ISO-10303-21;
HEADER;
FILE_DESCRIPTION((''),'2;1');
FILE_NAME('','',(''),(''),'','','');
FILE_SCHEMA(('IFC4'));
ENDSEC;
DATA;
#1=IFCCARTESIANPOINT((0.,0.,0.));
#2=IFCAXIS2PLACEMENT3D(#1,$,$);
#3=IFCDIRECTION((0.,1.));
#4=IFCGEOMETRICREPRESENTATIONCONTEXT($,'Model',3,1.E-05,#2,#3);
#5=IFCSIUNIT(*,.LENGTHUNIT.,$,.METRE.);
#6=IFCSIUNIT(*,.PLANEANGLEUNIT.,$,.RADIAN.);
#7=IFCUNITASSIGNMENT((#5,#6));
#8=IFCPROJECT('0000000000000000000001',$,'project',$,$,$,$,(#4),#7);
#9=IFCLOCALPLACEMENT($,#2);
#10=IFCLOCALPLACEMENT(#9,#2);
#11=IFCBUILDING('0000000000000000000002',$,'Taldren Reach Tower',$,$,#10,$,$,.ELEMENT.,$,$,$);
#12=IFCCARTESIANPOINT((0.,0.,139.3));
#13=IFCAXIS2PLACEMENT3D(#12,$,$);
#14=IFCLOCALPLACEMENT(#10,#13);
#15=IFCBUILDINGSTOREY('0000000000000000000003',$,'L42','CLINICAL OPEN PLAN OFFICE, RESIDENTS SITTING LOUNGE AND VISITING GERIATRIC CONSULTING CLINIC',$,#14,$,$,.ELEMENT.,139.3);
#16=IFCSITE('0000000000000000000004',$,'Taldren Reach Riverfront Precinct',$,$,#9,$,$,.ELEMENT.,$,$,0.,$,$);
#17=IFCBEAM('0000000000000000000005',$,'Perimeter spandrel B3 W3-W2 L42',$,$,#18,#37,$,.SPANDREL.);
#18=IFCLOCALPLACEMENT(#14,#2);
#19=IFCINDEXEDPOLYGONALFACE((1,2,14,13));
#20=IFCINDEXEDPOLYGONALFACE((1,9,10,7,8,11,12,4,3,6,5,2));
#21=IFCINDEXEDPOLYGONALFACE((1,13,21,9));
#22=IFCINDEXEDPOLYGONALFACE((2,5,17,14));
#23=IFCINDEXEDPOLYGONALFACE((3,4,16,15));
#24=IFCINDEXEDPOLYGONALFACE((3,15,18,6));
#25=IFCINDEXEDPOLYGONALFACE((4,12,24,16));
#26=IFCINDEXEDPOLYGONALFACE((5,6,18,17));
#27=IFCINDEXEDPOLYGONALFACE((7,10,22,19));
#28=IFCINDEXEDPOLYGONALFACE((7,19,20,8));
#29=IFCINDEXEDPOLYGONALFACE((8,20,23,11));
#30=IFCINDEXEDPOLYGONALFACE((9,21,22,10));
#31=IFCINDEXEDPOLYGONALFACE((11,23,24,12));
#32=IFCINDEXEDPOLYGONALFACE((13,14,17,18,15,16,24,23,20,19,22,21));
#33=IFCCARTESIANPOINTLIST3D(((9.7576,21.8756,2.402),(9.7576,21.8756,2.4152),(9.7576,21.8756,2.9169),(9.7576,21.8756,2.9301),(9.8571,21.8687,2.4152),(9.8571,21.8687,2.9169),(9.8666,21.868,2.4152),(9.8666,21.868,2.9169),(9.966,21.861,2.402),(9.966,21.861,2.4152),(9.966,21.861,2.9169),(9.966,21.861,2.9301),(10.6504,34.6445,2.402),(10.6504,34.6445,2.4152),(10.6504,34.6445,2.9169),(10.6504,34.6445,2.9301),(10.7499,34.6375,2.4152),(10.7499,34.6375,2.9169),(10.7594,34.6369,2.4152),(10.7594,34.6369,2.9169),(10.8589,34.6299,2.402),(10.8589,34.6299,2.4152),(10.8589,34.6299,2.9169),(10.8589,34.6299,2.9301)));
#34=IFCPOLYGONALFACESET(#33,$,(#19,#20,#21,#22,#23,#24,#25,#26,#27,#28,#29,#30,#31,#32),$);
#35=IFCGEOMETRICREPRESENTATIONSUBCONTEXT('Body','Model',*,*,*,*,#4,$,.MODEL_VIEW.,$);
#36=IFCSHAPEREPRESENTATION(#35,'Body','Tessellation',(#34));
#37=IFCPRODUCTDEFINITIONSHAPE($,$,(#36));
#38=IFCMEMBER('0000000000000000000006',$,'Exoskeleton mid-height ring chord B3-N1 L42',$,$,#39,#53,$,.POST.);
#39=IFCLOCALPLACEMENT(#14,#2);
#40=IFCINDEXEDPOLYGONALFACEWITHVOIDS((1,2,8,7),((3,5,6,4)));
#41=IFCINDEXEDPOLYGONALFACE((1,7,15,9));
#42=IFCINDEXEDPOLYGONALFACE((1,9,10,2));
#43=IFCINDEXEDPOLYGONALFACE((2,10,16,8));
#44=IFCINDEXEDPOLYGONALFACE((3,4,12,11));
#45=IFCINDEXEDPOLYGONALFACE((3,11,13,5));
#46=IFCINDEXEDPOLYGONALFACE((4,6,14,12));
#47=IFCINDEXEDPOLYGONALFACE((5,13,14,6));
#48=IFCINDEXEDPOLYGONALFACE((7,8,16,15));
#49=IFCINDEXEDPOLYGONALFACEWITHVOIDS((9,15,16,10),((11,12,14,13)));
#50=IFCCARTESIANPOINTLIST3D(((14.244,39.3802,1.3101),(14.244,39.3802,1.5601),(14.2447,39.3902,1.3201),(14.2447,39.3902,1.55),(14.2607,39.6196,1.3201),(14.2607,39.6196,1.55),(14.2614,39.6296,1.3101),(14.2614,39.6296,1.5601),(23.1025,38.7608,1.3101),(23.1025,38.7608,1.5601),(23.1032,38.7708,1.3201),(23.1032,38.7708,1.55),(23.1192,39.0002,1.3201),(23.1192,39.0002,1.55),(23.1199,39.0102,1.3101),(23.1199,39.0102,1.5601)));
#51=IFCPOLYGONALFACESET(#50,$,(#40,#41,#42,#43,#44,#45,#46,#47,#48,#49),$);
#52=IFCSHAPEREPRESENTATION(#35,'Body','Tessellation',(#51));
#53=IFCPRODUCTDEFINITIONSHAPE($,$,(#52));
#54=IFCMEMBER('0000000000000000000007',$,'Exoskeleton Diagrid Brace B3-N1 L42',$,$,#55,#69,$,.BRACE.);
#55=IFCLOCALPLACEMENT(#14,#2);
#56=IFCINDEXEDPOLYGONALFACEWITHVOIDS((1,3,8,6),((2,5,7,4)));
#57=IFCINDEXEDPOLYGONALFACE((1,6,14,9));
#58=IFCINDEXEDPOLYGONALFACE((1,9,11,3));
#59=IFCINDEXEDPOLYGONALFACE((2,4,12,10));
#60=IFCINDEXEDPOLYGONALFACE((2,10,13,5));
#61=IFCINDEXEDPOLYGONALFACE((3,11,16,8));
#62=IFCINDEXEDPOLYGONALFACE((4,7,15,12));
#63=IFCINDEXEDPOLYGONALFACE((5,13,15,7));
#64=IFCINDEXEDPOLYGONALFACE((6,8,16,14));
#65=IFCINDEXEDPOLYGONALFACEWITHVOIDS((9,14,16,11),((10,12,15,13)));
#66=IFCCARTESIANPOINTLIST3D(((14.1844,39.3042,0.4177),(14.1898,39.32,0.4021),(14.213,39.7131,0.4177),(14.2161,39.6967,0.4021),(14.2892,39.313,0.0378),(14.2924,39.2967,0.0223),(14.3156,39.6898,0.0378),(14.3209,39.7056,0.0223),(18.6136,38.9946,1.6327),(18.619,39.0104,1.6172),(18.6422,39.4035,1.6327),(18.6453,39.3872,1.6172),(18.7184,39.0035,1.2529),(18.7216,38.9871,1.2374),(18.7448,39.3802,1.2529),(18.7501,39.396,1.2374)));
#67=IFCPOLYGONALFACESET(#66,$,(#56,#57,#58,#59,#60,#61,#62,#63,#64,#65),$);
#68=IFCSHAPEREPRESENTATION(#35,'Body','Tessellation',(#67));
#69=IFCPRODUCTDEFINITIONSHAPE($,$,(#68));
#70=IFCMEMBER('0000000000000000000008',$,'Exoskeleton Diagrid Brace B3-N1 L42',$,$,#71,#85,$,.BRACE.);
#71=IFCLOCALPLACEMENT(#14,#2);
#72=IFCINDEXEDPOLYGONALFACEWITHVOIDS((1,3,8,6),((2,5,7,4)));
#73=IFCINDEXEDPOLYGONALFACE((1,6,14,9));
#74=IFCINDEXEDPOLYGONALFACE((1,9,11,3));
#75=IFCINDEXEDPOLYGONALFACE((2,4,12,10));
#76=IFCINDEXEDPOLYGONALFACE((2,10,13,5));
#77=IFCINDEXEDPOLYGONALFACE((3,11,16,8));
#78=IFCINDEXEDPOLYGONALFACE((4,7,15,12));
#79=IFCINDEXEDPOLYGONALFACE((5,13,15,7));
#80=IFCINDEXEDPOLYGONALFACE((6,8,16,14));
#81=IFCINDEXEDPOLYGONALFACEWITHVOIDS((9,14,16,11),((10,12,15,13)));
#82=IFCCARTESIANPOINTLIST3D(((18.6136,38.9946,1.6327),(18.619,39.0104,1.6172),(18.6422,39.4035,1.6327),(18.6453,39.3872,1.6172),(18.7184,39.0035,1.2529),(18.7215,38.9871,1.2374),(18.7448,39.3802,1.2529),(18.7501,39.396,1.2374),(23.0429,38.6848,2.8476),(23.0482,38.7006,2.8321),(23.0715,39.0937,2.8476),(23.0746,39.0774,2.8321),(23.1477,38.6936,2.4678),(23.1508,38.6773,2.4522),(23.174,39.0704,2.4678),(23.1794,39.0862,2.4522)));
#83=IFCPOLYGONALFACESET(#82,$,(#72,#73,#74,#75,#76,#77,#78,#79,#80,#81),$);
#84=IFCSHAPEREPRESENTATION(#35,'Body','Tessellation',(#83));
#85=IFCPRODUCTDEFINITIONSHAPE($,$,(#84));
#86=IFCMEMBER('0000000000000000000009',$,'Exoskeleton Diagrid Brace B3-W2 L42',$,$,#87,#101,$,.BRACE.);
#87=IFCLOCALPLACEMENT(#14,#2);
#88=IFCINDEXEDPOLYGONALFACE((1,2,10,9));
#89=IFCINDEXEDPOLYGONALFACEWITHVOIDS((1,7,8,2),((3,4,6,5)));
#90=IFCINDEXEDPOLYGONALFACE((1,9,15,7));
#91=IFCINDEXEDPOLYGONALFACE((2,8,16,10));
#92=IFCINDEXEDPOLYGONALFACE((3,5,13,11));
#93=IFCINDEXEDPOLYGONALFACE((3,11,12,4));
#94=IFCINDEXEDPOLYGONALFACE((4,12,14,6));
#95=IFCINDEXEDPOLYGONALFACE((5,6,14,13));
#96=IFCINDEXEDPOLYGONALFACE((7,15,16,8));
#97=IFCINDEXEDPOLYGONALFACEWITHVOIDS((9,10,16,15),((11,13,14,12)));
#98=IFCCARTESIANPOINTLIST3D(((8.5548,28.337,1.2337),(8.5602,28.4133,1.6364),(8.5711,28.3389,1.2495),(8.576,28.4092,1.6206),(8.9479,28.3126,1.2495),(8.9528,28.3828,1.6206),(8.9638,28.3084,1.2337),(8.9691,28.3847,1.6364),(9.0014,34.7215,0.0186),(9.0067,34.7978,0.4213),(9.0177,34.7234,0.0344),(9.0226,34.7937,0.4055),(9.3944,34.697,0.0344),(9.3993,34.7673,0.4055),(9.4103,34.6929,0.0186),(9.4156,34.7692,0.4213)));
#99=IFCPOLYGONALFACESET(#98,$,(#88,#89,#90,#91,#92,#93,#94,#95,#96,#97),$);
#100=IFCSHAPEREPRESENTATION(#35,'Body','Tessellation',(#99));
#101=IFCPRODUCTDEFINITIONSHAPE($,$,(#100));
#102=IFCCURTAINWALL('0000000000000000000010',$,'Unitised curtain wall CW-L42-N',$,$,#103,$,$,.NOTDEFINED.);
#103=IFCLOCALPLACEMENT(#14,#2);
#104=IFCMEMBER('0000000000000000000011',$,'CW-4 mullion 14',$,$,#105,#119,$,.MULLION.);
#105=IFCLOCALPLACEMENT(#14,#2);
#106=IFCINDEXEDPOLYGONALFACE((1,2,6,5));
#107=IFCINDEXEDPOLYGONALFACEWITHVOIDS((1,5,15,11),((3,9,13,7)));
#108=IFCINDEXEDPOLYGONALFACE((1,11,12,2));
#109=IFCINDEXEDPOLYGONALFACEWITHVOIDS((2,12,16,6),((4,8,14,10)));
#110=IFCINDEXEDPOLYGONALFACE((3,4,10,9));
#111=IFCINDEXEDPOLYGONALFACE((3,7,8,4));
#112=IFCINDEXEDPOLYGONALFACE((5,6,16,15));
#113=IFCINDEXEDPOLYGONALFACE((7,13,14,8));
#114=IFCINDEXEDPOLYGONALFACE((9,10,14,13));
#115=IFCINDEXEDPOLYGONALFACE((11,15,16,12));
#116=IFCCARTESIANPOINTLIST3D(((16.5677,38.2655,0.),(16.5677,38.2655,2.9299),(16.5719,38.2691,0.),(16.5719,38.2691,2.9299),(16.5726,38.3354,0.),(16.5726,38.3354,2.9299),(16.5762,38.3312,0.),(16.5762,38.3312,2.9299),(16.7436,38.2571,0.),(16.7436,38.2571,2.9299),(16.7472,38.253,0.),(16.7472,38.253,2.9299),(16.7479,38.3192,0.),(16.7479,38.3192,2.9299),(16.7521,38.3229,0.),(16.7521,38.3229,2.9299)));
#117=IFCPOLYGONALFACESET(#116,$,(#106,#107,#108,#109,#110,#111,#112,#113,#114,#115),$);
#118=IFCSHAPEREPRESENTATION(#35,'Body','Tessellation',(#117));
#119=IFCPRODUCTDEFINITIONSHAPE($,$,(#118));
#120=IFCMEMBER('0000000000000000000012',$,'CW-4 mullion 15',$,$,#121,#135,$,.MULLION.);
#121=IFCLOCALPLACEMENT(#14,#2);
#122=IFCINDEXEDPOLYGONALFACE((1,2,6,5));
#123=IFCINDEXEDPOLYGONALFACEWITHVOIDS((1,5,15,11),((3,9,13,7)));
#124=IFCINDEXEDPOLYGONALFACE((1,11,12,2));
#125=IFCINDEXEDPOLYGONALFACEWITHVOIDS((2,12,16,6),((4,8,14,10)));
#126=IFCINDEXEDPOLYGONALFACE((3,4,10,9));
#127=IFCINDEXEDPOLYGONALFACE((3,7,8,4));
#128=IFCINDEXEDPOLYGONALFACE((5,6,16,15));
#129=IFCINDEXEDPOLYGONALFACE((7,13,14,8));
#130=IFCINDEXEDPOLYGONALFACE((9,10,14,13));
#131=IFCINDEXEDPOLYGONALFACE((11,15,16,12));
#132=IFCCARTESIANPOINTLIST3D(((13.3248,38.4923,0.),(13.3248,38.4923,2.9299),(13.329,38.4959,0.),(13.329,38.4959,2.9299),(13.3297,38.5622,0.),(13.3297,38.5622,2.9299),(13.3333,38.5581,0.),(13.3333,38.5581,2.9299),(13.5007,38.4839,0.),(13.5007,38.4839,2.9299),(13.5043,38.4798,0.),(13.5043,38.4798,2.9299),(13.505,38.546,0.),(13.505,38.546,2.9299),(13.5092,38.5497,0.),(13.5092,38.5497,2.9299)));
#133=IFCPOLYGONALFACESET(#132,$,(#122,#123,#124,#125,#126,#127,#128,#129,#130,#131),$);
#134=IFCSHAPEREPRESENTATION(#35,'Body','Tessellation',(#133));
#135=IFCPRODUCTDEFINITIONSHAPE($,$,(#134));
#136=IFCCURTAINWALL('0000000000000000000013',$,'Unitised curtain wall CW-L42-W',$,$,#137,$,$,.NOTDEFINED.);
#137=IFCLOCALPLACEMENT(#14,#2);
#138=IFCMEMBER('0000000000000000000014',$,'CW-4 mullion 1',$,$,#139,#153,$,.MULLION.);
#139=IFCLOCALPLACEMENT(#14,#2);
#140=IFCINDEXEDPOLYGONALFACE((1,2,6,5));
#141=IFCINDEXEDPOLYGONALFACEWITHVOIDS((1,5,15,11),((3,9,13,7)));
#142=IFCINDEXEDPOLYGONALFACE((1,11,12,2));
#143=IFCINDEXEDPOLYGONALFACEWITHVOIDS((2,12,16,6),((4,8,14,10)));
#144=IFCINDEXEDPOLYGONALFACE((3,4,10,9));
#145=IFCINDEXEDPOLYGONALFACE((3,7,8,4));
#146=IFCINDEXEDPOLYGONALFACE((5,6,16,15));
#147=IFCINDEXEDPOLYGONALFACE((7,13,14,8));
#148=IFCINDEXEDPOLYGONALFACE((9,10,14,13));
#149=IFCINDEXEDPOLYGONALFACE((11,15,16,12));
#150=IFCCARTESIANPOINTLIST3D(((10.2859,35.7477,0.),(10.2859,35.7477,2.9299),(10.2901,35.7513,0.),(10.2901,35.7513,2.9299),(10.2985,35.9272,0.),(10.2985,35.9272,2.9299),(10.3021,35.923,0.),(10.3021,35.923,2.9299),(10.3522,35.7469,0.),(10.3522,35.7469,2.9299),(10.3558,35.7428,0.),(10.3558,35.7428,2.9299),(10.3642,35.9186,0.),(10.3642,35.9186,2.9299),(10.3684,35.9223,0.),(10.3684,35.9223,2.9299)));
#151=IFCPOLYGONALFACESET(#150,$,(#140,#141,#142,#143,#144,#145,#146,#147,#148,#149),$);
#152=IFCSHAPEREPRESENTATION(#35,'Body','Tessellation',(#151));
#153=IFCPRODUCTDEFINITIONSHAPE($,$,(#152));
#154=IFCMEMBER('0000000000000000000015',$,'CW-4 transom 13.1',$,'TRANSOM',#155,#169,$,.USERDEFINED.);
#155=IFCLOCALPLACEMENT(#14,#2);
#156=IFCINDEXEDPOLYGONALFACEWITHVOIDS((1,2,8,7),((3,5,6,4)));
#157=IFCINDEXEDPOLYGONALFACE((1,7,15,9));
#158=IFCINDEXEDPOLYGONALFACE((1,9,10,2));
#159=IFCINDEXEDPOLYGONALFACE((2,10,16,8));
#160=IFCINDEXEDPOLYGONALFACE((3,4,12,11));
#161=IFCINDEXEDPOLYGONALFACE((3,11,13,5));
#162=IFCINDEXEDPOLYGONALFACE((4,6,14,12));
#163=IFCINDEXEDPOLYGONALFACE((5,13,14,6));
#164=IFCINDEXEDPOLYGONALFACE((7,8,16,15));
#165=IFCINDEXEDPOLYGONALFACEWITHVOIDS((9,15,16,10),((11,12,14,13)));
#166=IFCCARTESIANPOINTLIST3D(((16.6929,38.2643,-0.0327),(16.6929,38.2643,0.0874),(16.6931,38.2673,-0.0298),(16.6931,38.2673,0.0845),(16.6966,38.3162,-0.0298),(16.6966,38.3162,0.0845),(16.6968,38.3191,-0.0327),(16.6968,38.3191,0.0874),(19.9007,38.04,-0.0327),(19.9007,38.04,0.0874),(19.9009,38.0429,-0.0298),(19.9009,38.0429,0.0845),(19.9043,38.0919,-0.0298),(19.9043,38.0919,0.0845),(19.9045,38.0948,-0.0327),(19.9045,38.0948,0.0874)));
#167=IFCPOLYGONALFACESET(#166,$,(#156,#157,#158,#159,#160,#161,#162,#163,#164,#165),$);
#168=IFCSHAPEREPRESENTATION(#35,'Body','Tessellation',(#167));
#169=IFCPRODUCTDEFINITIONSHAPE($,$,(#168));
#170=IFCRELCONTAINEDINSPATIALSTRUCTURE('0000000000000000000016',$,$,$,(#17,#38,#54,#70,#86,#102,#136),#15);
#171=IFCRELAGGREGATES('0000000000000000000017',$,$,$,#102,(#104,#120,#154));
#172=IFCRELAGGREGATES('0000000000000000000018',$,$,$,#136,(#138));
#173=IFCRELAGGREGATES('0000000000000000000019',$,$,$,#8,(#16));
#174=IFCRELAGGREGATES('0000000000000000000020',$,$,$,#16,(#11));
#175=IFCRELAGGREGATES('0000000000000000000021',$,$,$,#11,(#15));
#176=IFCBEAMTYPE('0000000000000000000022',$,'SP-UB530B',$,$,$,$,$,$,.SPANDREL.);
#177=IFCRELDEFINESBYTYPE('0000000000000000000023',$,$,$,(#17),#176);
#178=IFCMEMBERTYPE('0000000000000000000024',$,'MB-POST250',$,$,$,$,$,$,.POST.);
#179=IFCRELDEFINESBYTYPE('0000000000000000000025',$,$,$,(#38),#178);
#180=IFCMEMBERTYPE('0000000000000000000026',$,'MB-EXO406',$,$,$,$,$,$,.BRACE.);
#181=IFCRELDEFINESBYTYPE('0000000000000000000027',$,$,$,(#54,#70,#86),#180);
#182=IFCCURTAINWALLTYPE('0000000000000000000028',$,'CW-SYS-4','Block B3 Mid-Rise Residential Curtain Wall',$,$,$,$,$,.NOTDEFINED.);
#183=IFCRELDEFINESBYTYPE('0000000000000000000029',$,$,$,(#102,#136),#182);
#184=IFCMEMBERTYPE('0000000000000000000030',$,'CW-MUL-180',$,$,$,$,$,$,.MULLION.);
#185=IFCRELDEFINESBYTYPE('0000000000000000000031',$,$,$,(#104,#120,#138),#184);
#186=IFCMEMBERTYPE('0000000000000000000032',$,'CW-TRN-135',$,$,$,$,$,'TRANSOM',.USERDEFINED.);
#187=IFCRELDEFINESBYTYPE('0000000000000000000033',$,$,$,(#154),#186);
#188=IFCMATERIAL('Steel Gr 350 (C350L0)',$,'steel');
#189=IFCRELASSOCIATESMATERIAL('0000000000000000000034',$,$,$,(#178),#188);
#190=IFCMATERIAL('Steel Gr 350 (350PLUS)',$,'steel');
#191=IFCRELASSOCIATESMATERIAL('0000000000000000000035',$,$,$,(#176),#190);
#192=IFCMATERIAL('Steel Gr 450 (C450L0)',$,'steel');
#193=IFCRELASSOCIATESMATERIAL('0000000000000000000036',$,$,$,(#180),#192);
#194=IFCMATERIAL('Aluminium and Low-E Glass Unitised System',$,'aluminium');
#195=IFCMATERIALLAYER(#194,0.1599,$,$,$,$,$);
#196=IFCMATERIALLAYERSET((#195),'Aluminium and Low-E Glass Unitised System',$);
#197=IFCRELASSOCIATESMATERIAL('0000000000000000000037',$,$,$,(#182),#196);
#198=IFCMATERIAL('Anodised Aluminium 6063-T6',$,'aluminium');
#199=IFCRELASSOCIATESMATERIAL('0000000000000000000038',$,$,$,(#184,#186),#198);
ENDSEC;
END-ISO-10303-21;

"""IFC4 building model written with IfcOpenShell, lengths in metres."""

from ifc_helpers import new_model, si_unit, direction, frame, origin, origin_2d, place, context, subcontext, project, spatial, hollow_rectangle, i_section, extrude, source, transform, mapped, material, layer, layer_set, material_profile, profile_set, type_object, element, aggregate, save


model = new_model("IFC4")

# Units and contexts
model_context = context("Model", 3, precision=1e-05, world=origin(), true_north=direction((0.0, 1.0)))
body_context = subcontext(model_context, "Body", "Model", "MODEL_VIEW")
ifc_project = project(units=[si_unit("LENGTHUNIT", "METRE"), si_unit("PLANEANGLEUNIT", "RADIAN")], contexts=[model_context])

# Site, building, storey
site_placement = place(None, origin())
site = spatial("IfcSite", under=ifc_project, at=site_placement, Name="Taldren Reach Riverfront Precinct", CompositionType="ELEMENT", RefElevation=0.0)
building_placement = place(site_placement, origin())
building = spatial("IfcBuilding", under=site, at=building_placement, Name="Taldren Reach Tower", CompositionType="ELEMENT")
storey_placement = place(building_placement, frame((0.0, 0.0, 139.3)))
storey = spatial("IfcBuildingStorey", under=building, at=storey_placement, Name="L42", Description="CLINICAL OPEN PLAN OFFICE, RESIDENTS SITTING LOUNGE AND VISITING GERIATRIC CONSULTING CLINIC", CompositionType="ELEMENT", Elevation=139.3)

# Shared definitions
ifc_material_1 = material(Name="Steel Gr 450 (C450L0)", Category="steel")
ifc_material_2 = material(Name="Steel Gr 350 (350PLUS)", Category="steel")

# Shared definitions
ifc_material_3 = material(Name="Steel Gr 350 (C350L0)", Category="steel")
ifc_material_profile_1 = material_profile(ifc_material_3, hollow_rectangle(XDim=0.25, YDim=0.25, WallThickness=0.01, at=origin_2d()), Name="250x250x10.0SHS")
ifc_profile_set_1 = profile_set([ifc_material_profile_1], Name="Steel Gr 350 (C350L0)")
member_type_1 = type_object("IfcMemberType", Name="MB-POST250", PredefinedType="POST", material=ifc_profile_set_1)

# Beam
ifc_material_profile_2 = material_profile(ifc_material_2, i_section(OverallWidth=0.209, OverallDepth=0.5281, WebThickness=0.0095, FlangeThickness=0.0132, at=origin_2d()), Name="530UB82.0")
ifc_profile_set_2 = profile_set([ifc_material_profile_2], Name="Steel Gr 350 (350PLUS)")
beam_type_1 = type_object("IfcBeamType", Name="SP-UB530B", PredefinedType="SPANDREL", material=ifc_profile_set_2)
shared_shape_1 = source(origin(), body_context, "Body", "SweptSolid", [
    extrude(i_section(OverallWidth=0.209, OverallDepth=0.5281, WebThickness=0.0095, FlangeThickness=0.0132, at=origin_2d()), origin(), (0.0, 0.0, 1.0), 12.8),
])
beam_1_placement = place(storey_placement, frame((10.7546, 34.6372, 2.666), z_axis=(-0.069752, -0.997564, 0.0), x_axis=(0.997564, -0.069752, 0.0)))
element("IfcBeam", 1, at=beam_1_placement, inside=storey, type_object=beam_type_1, Name="Perimeter spandrel B3 W3-W2 L42", PredefinedType="SPANDREL", context=body_context, shape_type="MappedRepresentation", body=[
    mapped(shared_shape_1, transform((0.0, 0.0, 0.0), scale=1.0)),
])

# Members
shared_shape_2 = source(origin(), body_context, "Body", "SweptSolid", [
    extrude(hollow_rectangle(XDim=0.25, YDim=0.25, WallThickness=0.01, at=origin_2d()), origin(), (0.0, 0.0, 1.0), 8.8801),
])
member_1_placement = place(storey_placement, frame((14.2527, 39.5049, 1.4351), z_axis=(0.997564, -0.06975, 0.0), x_axis=(0.06975, 0.997564, 0.0)))
element("IfcMember", 2, at=member_1_placement, inside=storey, type_object=member_type_1, Name="Exoskeleton mid-height ring chord B3-N1 L42", PredefinedType="POST", context=body_context, shape_type="MappedRepresentation", body=[
    mapped(shared_shape_2, transform((0.0, 0.0, 0.0), scale=1.0)),
])
ifc_material_profile_3 = material_profile(ifc_material_1, hollow_rectangle(XDim=0.4099, YDim=0.4099, WallThickness=0.0161, at=origin_2d()), Name="410x410x16.0SHS")
ifc_profile_set_3 = profile_set([ifc_material_profile_3], Name="Steel Gr 450 (C450L0)")
member_type_2 = type_object("IfcMemberType", Name="MB-EXO406", PredefinedType="BRACE", material=ifc_profile_set_3)
shared_shape_3 = source(origin(), body_context, "Body", "SweptSolid", [
    extrude(hollow_rectangle(XDim=0.4099, YDim=0.4099, WallThickness=0.0161, at=origin_2d()), origin(), (0.0, 0.0, 1.0), 4.6033),
])
for number, where, z_axis, x_axis, name in (
    (3, (14.2527, 39.5049, 0.22), (0.962186, -0.06725, 0.263962), (0.069723, 0.997566, 0.0), "Exoskeleton Diagrid Brace B3-N1 L42"),
    (4, (18.6819, 39.1953, 1.4351), (0.962196, -0.067304, 0.263912), (0.069778, 0.997563, 0.0), "Exoskeleton Diagrid Brace B3-N1 L42"),
):
    element("IfcMember", number, at=place(storey_placement, frame(where, z_axis=z_axis, x_axis=x_axis)), inside=storey, type_object=member_type_2, Name=name, PredefinedType="BRACE", context=body_context, shape_type="MappedRepresentation", body=[
        mapped(shared_shape_3, transform((0.0, 0.0, 0.0), scale=1.0)),
    ])
shared_shape_4 = source(origin(), body_context, "Body", "SweptSolid", [
    extrude(hollow_rectangle(XDim=0.4099, YDim=0.4099, WallThickness=0.0161, at=origin_2d()), origin(), (0.0, 0.0, 1.0), 6.5144),
])
member_2_placement = place(storey_placement, frame((9.2085, 34.7454, 0.22), z_axis=(-0.068545, -0.980057, 0.186522), x_axis=(0.997563, -0.06977, 0.0)))
element("IfcMember", 5, at=member_2_placement, inside=storey, type_object=member_type_2, Name="Exoskeleton Diagrid Brace B3-W2 L42", PredefinedType="BRACE", context=body_context, shape_type="MappedRepresentation", body=[
    mapped(shared_shape_4, transform((0.0, 0.0, 0.0), scale=1.0)),
])

# Curtain wall, members
ifc_material_4 = material(Name="Aluminium and Low-E Glass Unitised System", Category="aluminium")
ifc_layer_1 = layer(ifc_material_4, 0.1599)
ifc_layer_set_1 = layer_set([ifc_layer_1], Name="Aluminium and Low-E Glass Unitised System")
curtain_wall_type = type_object("IfcCurtainWallType", Name="CW-SYS-4", Description="Block B3 Mid-Rise Residential Curtain Wall", PredefinedType="NOTDEFINED", material=ifc_layer_set_1)
curtain_wall_1_placement = place(storey_placement, origin())
curtain_wall_1 = element("IfcCurtainWall", 6, at=curtain_wall_1_placement, inside=storey, type_object=curtain_wall_type, Name="Unitised curtain wall CW-L42-N", PredefinedType="NOTDEFINED")
ifc_material_5 = material(Name="Anodised Aluminium 6063-T6", Category="aluminium")
ifc_material_profile_4 = material_profile(ifc_material_5, hollow_rectangle(XDim=0.0701, YDim=0.1799, WallThickness=0.0039, at=origin_2d()), Name="ALU-180x70x4RHS")
ifc_profile_set_4 = profile_set([ifc_material_profile_4], Name="Anodised Aluminium 6063-T6")
member_type_3 = type_object("IfcMemberType", Name="CW-MUL-180", PredefinedType="MULLION", material=ifc_profile_set_4)
shared_shape_5 = source(origin(), body_context, "Body", "SweptSolid", [
    extrude(hollow_rectangle(XDim=0.0701, YDim=0.1799, WallThickness=0.0039, at=origin_2d()), origin(), (0.0, 0.0, 1.0), 2.9299),
])
member_3_placement = place(storey_placement, frame((16.6599, 38.2942, 0.0), z_axis=(0.0, 0.0, 1.0), x_axis=(-0.069757, -0.997564, 0.0)))
member_3 = element("IfcMember", 7, at=member_3_placement, type_object=member_type_3, Name="CW-4 mullion 14", PredefinedType="MULLION", context=body_context, shape_type="MappedRepresentation", body=[
    mapped(shared_shape_5, transform((0.0, 0.0, 0.0), scale=1.0)),
])
member_4_placement = place(storey_placement, frame((13.417, 38.521, 0.0), z_axis=(0.0, 0.0, 1.0), x_axis=(-0.069757, -0.997564, 0.0)))
member_4 = element("IfcMember", 8, at=member_4_placement, type_object=member_type_3, Name="CW-4 mullion 15", PredefinedType="MULLION", context=body_context, shape_type="MappedRepresentation", body=[
    mapped(shared_shape_5, transform((0.0, 0.0, 0.0), scale=1.0)),
])

# Curtain wall, member
curtain_wall_2_placement = place(storey_placement, origin())
curtain_wall_2 = element("IfcCurtainWall", 9, at=curtain_wall_2_placement, inside=storey, type_object=curtain_wall_type, Name="Unitised curtain wall CW-L42-W", PredefinedType="NOTDEFINED")
member_5_placement = place(storey_placement, frame((10.3271, 35.835, 0.0), z_axis=(0.0, 0.0, 1.0), x_axis=(0.997564, -0.069756, 0.0)))
member_5 = element("IfcMember", 10, at=member_5_placement, type_object=member_type_3, Name="CW-4 mullion 1", PredefinedType="MULLION", context=body_context, shape_type="MappedRepresentation", body=[
    mapped(shared_shape_5, transform((0.0, 0.0, 0.0), scale=1.0)),
])

# Member
ifc_material_profile_5 = material_profile(ifc_material_5, hollow_rectangle(XDim=0.0549, YDim=0.1201, WallThickness=0.0029, at=origin_2d()), Name="ALU-120x55x3RHS")
ifc_profile_set_5 = profile_set([ifc_material_profile_5], Name="Anodised Aluminium 6063-T6")
member_type_4 = type_object("IfcMemberType", Name="CW-TRN-135", ElementType="TRANSOM", PredefinedType="USERDEFINED", material=ifc_profile_set_5)
shared_shape_6 = source(origin(), body_context, "Body", "SweptSolid", [
    extrude(hollow_rectangle(XDim=0.0549, YDim=0.1201, WallThickness=0.0029, at=origin_2d()), origin(), (0.0, 0.0, 1.0), 3.2156),
])
member_6_placement = place(storey_placement, frame((19.9026, 38.0674, 0.0273), z_axis=(-0.997563, 0.069774, 0.0), x_axis=(-0.069774, -0.997563, 0.0)))
member_6 = element("IfcMember", 11, at=member_6_placement, type_object=member_type_4, Name="CW-4 transom 13.1", ObjectType="TRANSOM", PredefinedType="USERDEFINED", context=body_context, shape_type="MappedRepresentation", body=[
    mapped(shared_shape_6, transform((0.0, 0.0, 0.0), scale=1.0)),
])

aggregate(curtain_wall_1, [member_3, member_4, member_6])
aggregate(curtain_wall_2, [member_5])

save(model, "model.ifc")
